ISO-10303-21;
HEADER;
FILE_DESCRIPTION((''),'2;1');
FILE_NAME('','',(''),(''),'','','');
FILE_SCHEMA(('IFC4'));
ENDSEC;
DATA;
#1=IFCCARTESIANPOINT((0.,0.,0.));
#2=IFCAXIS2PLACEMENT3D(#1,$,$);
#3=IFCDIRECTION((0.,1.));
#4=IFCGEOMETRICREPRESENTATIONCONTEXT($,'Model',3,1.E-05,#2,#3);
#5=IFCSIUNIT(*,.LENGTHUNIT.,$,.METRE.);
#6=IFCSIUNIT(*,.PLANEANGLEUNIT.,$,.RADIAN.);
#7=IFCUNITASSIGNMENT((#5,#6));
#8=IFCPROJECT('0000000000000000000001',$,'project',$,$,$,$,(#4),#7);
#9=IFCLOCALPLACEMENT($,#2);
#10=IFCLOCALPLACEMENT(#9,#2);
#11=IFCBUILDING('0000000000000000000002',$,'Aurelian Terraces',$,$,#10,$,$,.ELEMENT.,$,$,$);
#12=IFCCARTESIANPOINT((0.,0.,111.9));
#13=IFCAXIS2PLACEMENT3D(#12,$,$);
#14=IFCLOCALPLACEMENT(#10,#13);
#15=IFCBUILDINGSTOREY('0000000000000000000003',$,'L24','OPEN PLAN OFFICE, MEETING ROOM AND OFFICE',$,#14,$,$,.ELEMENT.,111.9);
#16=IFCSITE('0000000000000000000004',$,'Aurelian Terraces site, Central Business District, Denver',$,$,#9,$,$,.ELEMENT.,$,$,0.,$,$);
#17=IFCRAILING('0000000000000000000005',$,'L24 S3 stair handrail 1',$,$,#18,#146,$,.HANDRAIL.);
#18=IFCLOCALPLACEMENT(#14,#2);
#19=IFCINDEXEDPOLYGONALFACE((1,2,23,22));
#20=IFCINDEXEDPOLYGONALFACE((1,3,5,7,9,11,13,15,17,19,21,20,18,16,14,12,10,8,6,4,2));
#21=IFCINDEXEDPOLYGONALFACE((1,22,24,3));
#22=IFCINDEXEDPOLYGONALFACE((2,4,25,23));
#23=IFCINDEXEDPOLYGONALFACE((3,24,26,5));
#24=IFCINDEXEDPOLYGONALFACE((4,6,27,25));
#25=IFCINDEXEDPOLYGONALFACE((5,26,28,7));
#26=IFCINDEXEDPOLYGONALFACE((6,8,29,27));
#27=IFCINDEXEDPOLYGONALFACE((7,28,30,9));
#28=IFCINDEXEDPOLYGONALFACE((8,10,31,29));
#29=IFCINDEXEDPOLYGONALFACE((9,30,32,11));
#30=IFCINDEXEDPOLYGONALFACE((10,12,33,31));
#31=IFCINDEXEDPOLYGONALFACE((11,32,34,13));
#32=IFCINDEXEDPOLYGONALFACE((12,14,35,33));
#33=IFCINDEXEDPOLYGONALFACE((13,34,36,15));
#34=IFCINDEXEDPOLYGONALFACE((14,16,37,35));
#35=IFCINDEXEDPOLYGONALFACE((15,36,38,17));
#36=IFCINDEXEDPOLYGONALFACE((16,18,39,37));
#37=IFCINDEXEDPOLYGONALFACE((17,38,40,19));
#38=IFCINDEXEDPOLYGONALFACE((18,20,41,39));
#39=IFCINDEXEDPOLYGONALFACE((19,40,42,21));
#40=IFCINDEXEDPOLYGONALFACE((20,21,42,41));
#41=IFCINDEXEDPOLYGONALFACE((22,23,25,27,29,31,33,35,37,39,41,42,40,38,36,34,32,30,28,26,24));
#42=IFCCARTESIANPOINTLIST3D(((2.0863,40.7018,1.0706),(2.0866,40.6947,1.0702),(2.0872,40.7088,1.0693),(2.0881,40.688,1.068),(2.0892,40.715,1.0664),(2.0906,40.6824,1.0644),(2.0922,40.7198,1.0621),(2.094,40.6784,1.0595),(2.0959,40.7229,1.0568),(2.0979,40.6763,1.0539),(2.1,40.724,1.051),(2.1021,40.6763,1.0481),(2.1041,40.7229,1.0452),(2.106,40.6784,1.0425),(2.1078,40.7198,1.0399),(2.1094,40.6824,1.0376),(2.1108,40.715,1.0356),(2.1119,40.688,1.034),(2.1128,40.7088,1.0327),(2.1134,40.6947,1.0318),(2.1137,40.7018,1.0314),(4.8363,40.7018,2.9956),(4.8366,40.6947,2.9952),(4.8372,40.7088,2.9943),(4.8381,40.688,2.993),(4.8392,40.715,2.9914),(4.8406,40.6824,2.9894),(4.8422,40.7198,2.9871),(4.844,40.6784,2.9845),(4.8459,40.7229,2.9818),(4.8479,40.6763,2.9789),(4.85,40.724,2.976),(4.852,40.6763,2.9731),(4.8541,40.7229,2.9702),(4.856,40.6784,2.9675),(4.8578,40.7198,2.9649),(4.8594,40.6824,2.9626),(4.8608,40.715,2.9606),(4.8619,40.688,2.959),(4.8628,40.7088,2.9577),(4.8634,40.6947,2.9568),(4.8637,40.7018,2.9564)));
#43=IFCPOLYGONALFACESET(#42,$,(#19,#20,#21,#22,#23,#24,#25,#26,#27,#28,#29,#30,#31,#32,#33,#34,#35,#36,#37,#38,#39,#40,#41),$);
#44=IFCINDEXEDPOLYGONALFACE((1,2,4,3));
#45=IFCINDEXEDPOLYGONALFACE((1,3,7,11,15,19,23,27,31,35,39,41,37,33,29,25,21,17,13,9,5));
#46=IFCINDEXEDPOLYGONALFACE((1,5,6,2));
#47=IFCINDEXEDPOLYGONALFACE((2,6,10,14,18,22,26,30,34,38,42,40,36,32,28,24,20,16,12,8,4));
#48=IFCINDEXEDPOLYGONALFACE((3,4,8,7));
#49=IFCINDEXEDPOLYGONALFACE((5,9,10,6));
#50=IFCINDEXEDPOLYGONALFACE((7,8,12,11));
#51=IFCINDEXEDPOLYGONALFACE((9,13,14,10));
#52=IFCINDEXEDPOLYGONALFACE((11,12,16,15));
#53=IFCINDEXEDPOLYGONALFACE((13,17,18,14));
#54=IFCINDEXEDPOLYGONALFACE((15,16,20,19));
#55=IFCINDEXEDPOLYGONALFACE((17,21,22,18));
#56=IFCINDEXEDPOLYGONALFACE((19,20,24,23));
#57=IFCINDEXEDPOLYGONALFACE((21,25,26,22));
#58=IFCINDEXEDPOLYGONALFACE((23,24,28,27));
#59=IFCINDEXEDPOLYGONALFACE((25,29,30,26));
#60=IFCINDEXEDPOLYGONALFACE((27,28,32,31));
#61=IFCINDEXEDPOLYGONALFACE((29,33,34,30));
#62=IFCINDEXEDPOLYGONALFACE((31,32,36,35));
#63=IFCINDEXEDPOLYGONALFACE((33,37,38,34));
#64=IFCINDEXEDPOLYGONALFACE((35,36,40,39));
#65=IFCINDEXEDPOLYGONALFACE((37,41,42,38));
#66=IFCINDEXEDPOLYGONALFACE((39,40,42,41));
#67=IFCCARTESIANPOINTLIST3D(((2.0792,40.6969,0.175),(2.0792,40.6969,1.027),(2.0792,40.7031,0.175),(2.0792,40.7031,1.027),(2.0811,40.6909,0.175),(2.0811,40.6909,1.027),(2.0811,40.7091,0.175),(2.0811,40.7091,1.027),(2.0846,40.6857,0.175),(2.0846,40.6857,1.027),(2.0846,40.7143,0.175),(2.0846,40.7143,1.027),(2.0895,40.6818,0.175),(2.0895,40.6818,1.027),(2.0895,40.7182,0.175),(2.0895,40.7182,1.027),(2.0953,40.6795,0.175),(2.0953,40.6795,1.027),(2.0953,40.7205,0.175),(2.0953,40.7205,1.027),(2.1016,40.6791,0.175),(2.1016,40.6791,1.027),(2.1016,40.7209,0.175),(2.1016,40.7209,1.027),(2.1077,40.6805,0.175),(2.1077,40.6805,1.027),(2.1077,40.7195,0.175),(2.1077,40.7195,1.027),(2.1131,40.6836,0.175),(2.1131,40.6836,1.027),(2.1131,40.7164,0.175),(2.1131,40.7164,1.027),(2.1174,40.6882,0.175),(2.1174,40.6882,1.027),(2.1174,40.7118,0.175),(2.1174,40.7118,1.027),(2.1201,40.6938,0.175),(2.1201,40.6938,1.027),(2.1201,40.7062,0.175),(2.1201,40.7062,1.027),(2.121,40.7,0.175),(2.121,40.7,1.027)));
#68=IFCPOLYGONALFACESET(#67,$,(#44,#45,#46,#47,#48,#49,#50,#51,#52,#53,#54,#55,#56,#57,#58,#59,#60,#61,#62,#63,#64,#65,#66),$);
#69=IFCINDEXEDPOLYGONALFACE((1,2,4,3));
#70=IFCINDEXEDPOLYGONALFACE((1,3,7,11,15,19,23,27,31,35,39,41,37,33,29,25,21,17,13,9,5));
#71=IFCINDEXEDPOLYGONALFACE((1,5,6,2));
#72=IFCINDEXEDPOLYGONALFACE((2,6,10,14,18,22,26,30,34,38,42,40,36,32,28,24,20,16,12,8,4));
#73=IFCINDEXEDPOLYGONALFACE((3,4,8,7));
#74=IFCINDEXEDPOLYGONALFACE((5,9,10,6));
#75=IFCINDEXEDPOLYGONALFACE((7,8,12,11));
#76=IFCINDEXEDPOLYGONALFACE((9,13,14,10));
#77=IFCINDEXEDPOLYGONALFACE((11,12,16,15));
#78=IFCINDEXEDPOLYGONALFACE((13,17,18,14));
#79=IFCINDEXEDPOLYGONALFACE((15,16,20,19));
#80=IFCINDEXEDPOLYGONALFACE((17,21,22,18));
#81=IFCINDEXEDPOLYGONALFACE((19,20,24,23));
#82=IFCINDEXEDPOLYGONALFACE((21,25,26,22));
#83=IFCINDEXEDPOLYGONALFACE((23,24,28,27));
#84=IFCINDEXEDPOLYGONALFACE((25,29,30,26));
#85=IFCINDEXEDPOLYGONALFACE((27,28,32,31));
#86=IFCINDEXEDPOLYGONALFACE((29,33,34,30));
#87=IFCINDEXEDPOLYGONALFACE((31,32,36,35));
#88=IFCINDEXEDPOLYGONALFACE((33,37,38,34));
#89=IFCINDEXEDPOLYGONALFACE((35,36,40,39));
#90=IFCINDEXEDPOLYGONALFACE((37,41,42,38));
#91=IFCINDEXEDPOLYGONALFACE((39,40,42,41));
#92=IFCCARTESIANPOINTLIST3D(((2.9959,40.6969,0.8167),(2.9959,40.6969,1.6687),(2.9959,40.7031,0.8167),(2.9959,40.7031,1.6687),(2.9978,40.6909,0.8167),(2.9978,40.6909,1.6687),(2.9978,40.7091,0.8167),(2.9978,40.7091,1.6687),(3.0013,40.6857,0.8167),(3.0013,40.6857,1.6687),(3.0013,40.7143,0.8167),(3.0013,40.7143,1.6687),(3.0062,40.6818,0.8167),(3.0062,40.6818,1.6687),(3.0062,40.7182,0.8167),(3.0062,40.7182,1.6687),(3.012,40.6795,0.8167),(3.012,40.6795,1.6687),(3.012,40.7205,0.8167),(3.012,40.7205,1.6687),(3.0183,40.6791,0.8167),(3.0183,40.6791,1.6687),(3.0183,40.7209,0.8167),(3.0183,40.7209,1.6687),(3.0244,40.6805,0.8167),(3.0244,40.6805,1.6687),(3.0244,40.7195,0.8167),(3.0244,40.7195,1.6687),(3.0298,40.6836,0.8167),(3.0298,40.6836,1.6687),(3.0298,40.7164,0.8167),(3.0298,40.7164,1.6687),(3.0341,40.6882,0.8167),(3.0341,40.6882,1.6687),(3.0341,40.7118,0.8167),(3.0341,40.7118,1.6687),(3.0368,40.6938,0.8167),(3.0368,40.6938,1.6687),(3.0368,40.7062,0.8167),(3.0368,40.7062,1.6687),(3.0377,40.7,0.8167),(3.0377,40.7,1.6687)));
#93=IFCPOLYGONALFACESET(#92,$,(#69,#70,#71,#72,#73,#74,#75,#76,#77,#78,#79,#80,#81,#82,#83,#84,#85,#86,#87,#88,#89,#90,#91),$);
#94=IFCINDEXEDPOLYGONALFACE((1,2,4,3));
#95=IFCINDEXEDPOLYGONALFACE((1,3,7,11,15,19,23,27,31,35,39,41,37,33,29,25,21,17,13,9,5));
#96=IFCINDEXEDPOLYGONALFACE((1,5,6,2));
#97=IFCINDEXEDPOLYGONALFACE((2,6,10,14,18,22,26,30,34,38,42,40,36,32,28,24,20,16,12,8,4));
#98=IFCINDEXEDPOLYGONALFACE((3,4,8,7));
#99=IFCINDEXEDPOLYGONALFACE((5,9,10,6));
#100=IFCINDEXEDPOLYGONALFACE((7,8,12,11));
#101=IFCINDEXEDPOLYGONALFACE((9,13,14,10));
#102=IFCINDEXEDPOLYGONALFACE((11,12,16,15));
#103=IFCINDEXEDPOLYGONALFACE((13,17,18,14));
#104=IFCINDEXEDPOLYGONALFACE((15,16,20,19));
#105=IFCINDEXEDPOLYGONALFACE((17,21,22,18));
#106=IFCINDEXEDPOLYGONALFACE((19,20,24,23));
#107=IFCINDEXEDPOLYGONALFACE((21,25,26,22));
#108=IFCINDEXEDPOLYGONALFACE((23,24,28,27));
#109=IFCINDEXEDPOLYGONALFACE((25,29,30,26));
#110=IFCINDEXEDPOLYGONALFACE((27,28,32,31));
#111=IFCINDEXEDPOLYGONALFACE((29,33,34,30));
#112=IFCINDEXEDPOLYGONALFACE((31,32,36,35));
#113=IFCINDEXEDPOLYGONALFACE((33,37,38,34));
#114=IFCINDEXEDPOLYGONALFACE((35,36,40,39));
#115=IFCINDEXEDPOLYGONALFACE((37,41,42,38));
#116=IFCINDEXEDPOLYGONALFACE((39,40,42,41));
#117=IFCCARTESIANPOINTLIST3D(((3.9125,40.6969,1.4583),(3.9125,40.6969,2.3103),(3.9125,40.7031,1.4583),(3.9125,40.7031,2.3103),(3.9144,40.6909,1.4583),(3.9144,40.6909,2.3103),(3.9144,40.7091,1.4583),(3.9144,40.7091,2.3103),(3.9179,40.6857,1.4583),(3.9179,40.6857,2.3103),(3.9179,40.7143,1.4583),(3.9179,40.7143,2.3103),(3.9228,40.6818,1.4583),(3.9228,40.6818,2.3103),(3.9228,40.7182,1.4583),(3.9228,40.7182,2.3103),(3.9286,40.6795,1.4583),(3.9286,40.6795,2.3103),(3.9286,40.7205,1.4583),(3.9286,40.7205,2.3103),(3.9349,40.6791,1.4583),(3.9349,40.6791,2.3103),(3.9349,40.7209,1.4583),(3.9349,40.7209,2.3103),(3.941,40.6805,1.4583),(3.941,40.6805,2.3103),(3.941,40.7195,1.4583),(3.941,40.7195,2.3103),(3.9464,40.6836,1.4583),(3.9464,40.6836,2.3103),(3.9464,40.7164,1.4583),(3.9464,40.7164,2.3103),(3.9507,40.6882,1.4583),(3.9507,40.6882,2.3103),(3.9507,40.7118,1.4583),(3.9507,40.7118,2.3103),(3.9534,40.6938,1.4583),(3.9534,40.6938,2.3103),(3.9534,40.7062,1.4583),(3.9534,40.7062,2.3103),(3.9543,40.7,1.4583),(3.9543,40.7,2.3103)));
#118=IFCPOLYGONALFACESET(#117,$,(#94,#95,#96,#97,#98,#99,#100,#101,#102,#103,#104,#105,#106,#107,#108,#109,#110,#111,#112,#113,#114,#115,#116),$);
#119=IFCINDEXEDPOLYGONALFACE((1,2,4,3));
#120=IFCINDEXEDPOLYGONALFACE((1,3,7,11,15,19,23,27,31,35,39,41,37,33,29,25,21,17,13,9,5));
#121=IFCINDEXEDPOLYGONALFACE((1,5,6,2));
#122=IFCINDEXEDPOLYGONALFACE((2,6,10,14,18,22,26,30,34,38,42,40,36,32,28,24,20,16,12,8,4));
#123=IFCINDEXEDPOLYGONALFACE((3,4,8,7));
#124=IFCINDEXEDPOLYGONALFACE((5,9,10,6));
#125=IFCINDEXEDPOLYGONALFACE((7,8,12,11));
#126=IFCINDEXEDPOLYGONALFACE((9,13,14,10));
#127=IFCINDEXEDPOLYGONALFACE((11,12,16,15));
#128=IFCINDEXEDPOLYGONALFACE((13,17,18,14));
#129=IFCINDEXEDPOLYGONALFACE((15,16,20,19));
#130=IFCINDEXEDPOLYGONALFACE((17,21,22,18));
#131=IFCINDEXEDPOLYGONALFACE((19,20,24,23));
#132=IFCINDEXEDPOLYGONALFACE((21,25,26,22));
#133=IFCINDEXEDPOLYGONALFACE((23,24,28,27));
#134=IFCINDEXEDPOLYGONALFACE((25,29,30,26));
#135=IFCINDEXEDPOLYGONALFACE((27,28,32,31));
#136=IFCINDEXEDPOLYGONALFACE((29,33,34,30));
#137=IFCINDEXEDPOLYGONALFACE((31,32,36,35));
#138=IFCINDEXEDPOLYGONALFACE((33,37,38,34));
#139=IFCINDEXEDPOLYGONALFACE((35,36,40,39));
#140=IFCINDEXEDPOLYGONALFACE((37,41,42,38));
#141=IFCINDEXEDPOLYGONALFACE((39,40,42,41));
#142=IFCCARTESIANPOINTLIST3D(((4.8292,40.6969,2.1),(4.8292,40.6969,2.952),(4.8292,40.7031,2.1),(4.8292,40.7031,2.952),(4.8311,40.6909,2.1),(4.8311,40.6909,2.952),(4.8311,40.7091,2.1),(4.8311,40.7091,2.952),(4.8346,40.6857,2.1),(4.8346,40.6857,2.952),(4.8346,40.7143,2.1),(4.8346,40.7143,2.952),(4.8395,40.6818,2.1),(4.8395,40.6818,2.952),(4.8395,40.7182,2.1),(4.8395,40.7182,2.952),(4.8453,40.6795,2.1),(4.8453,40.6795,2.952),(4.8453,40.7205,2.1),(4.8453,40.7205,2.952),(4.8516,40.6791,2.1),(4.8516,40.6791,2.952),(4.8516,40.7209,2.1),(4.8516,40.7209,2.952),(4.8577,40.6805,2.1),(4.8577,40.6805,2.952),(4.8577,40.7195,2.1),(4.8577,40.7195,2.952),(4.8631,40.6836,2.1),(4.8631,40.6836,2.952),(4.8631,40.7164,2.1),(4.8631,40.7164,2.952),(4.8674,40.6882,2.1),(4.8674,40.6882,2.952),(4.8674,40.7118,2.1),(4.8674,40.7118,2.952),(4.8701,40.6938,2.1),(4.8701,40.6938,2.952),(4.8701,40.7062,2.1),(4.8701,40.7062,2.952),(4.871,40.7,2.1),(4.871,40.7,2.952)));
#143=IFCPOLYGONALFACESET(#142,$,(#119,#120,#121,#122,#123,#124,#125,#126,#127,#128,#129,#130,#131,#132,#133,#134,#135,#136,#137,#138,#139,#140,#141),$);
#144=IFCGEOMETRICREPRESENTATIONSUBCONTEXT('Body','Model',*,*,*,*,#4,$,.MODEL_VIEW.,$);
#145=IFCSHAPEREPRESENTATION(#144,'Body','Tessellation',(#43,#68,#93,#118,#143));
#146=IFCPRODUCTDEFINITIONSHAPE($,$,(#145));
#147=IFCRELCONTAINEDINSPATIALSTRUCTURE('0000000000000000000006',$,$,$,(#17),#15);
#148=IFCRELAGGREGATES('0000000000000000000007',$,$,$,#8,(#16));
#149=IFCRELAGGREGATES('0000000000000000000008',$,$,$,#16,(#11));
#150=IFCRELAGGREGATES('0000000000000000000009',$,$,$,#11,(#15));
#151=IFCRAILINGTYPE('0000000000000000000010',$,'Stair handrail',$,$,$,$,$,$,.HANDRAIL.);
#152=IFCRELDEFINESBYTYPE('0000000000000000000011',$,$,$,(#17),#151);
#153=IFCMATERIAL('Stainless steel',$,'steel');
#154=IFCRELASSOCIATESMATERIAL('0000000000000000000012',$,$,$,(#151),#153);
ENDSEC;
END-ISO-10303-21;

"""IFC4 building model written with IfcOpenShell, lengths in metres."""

from ifc_helpers import new_model, si_unit, direction, frame, origin, origin_2d, place, context, subcontext, project, spatial, circle, extrude, source, transform, mapped, material, type_object, element, save


model = new_model("IFC4")

# Units and contexts
model_context = context("Model", 3, precision=1e-05, world=origin(), true_north=direction((0.0, 1.0)))
body_context = subcontext(model_context, "Body", "Model", "MODEL_VIEW")
ifc_project = project(units=[si_unit("LENGTHUNIT", "METRE"), si_unit("PLANEANGLEUNIT", "RADIAN")], contexts=[model_context])

# Site, building, storey
site_placement = place(None, origin())
site = spatial("IfcSite", under=ifc_project, at=site_placement, Name="Aurelian Terraces site, Central Business District, Denver", CompositionType="ELEMENT", RefElevation=0.0)
building_placement = place(site_placement, origin())
building = spatial("IfcBuilding", under=site, at=building_placement, Name="Aurelian Terraces", CompositionType="ELEMENT")
storey_placement = place(building_placement, frame((0.0, 0.0, 111.9)))
storey = spatial("IfcBuildingStorey", under=building, at=storey_placement, Name="L24", Description="OPEN PLAN OFFICE, MEETING ROOM AND OFFICE", CompositionType="ELEMENT", Elevation=111.9)

# Railing
ifc_material_1 = material(Name="Stainless steel", Category="steel")
railing_type_1 = type_object("IfcRailingType", Name="Stair handrail", PredefinedType="HANDRAIL", material=ifc_material_1)
shared_shape_1 = source(origin(), body_context, "Body", "SweptSolid", [
    extrude(circle(Radius=0.024, at=origin_2d()), frame((0.0, 0.0, 0.876), z_axis=(0.819232, 0.0, 0.573462), x_axis=(0.0, 1.0, 0.0)), (0.0, 0.0, 1.0), 3.3568),
    extrude(circle(Radius=0.021, at=origin_2d()), origin(), (0.0, 0.0, 1.0), 0.852),
    extrude(circle(Radius=0.021, at=origin_2d()), frame((0.9167, 0.0, 0.6417)), (0.0, 0.0, 1.0), 0.852),
    extrude(circle(Radius=0.021, at=origin_2d()), frame((1.8333, 0.0, 1.2833)), (0.0, 0.0, 1.0), 0.852),
    extrude(circle(Radius=0.021, at=origin_2d()), frame((2.75, 0.0, 1.925)), (0.0, 0.0, 1.0), 0.852),
])
railing_1_placement = place(storey_placement, frame((2.1, 40.7, 0.175)))
element("IfcRailing", 1, at=railing_1_placement, inside=storey, type_object=railing_type_1, Name="L24 S3 stair handrail 1", PredefinedType="HANDRAIL", context=body_context, shape_type="MappedRepresentation", body=[
    mapped(shared_shape_1, transform((0.0, 0.0, 0.0), scale=1.0)),
])

save(model, "model.ifc")
